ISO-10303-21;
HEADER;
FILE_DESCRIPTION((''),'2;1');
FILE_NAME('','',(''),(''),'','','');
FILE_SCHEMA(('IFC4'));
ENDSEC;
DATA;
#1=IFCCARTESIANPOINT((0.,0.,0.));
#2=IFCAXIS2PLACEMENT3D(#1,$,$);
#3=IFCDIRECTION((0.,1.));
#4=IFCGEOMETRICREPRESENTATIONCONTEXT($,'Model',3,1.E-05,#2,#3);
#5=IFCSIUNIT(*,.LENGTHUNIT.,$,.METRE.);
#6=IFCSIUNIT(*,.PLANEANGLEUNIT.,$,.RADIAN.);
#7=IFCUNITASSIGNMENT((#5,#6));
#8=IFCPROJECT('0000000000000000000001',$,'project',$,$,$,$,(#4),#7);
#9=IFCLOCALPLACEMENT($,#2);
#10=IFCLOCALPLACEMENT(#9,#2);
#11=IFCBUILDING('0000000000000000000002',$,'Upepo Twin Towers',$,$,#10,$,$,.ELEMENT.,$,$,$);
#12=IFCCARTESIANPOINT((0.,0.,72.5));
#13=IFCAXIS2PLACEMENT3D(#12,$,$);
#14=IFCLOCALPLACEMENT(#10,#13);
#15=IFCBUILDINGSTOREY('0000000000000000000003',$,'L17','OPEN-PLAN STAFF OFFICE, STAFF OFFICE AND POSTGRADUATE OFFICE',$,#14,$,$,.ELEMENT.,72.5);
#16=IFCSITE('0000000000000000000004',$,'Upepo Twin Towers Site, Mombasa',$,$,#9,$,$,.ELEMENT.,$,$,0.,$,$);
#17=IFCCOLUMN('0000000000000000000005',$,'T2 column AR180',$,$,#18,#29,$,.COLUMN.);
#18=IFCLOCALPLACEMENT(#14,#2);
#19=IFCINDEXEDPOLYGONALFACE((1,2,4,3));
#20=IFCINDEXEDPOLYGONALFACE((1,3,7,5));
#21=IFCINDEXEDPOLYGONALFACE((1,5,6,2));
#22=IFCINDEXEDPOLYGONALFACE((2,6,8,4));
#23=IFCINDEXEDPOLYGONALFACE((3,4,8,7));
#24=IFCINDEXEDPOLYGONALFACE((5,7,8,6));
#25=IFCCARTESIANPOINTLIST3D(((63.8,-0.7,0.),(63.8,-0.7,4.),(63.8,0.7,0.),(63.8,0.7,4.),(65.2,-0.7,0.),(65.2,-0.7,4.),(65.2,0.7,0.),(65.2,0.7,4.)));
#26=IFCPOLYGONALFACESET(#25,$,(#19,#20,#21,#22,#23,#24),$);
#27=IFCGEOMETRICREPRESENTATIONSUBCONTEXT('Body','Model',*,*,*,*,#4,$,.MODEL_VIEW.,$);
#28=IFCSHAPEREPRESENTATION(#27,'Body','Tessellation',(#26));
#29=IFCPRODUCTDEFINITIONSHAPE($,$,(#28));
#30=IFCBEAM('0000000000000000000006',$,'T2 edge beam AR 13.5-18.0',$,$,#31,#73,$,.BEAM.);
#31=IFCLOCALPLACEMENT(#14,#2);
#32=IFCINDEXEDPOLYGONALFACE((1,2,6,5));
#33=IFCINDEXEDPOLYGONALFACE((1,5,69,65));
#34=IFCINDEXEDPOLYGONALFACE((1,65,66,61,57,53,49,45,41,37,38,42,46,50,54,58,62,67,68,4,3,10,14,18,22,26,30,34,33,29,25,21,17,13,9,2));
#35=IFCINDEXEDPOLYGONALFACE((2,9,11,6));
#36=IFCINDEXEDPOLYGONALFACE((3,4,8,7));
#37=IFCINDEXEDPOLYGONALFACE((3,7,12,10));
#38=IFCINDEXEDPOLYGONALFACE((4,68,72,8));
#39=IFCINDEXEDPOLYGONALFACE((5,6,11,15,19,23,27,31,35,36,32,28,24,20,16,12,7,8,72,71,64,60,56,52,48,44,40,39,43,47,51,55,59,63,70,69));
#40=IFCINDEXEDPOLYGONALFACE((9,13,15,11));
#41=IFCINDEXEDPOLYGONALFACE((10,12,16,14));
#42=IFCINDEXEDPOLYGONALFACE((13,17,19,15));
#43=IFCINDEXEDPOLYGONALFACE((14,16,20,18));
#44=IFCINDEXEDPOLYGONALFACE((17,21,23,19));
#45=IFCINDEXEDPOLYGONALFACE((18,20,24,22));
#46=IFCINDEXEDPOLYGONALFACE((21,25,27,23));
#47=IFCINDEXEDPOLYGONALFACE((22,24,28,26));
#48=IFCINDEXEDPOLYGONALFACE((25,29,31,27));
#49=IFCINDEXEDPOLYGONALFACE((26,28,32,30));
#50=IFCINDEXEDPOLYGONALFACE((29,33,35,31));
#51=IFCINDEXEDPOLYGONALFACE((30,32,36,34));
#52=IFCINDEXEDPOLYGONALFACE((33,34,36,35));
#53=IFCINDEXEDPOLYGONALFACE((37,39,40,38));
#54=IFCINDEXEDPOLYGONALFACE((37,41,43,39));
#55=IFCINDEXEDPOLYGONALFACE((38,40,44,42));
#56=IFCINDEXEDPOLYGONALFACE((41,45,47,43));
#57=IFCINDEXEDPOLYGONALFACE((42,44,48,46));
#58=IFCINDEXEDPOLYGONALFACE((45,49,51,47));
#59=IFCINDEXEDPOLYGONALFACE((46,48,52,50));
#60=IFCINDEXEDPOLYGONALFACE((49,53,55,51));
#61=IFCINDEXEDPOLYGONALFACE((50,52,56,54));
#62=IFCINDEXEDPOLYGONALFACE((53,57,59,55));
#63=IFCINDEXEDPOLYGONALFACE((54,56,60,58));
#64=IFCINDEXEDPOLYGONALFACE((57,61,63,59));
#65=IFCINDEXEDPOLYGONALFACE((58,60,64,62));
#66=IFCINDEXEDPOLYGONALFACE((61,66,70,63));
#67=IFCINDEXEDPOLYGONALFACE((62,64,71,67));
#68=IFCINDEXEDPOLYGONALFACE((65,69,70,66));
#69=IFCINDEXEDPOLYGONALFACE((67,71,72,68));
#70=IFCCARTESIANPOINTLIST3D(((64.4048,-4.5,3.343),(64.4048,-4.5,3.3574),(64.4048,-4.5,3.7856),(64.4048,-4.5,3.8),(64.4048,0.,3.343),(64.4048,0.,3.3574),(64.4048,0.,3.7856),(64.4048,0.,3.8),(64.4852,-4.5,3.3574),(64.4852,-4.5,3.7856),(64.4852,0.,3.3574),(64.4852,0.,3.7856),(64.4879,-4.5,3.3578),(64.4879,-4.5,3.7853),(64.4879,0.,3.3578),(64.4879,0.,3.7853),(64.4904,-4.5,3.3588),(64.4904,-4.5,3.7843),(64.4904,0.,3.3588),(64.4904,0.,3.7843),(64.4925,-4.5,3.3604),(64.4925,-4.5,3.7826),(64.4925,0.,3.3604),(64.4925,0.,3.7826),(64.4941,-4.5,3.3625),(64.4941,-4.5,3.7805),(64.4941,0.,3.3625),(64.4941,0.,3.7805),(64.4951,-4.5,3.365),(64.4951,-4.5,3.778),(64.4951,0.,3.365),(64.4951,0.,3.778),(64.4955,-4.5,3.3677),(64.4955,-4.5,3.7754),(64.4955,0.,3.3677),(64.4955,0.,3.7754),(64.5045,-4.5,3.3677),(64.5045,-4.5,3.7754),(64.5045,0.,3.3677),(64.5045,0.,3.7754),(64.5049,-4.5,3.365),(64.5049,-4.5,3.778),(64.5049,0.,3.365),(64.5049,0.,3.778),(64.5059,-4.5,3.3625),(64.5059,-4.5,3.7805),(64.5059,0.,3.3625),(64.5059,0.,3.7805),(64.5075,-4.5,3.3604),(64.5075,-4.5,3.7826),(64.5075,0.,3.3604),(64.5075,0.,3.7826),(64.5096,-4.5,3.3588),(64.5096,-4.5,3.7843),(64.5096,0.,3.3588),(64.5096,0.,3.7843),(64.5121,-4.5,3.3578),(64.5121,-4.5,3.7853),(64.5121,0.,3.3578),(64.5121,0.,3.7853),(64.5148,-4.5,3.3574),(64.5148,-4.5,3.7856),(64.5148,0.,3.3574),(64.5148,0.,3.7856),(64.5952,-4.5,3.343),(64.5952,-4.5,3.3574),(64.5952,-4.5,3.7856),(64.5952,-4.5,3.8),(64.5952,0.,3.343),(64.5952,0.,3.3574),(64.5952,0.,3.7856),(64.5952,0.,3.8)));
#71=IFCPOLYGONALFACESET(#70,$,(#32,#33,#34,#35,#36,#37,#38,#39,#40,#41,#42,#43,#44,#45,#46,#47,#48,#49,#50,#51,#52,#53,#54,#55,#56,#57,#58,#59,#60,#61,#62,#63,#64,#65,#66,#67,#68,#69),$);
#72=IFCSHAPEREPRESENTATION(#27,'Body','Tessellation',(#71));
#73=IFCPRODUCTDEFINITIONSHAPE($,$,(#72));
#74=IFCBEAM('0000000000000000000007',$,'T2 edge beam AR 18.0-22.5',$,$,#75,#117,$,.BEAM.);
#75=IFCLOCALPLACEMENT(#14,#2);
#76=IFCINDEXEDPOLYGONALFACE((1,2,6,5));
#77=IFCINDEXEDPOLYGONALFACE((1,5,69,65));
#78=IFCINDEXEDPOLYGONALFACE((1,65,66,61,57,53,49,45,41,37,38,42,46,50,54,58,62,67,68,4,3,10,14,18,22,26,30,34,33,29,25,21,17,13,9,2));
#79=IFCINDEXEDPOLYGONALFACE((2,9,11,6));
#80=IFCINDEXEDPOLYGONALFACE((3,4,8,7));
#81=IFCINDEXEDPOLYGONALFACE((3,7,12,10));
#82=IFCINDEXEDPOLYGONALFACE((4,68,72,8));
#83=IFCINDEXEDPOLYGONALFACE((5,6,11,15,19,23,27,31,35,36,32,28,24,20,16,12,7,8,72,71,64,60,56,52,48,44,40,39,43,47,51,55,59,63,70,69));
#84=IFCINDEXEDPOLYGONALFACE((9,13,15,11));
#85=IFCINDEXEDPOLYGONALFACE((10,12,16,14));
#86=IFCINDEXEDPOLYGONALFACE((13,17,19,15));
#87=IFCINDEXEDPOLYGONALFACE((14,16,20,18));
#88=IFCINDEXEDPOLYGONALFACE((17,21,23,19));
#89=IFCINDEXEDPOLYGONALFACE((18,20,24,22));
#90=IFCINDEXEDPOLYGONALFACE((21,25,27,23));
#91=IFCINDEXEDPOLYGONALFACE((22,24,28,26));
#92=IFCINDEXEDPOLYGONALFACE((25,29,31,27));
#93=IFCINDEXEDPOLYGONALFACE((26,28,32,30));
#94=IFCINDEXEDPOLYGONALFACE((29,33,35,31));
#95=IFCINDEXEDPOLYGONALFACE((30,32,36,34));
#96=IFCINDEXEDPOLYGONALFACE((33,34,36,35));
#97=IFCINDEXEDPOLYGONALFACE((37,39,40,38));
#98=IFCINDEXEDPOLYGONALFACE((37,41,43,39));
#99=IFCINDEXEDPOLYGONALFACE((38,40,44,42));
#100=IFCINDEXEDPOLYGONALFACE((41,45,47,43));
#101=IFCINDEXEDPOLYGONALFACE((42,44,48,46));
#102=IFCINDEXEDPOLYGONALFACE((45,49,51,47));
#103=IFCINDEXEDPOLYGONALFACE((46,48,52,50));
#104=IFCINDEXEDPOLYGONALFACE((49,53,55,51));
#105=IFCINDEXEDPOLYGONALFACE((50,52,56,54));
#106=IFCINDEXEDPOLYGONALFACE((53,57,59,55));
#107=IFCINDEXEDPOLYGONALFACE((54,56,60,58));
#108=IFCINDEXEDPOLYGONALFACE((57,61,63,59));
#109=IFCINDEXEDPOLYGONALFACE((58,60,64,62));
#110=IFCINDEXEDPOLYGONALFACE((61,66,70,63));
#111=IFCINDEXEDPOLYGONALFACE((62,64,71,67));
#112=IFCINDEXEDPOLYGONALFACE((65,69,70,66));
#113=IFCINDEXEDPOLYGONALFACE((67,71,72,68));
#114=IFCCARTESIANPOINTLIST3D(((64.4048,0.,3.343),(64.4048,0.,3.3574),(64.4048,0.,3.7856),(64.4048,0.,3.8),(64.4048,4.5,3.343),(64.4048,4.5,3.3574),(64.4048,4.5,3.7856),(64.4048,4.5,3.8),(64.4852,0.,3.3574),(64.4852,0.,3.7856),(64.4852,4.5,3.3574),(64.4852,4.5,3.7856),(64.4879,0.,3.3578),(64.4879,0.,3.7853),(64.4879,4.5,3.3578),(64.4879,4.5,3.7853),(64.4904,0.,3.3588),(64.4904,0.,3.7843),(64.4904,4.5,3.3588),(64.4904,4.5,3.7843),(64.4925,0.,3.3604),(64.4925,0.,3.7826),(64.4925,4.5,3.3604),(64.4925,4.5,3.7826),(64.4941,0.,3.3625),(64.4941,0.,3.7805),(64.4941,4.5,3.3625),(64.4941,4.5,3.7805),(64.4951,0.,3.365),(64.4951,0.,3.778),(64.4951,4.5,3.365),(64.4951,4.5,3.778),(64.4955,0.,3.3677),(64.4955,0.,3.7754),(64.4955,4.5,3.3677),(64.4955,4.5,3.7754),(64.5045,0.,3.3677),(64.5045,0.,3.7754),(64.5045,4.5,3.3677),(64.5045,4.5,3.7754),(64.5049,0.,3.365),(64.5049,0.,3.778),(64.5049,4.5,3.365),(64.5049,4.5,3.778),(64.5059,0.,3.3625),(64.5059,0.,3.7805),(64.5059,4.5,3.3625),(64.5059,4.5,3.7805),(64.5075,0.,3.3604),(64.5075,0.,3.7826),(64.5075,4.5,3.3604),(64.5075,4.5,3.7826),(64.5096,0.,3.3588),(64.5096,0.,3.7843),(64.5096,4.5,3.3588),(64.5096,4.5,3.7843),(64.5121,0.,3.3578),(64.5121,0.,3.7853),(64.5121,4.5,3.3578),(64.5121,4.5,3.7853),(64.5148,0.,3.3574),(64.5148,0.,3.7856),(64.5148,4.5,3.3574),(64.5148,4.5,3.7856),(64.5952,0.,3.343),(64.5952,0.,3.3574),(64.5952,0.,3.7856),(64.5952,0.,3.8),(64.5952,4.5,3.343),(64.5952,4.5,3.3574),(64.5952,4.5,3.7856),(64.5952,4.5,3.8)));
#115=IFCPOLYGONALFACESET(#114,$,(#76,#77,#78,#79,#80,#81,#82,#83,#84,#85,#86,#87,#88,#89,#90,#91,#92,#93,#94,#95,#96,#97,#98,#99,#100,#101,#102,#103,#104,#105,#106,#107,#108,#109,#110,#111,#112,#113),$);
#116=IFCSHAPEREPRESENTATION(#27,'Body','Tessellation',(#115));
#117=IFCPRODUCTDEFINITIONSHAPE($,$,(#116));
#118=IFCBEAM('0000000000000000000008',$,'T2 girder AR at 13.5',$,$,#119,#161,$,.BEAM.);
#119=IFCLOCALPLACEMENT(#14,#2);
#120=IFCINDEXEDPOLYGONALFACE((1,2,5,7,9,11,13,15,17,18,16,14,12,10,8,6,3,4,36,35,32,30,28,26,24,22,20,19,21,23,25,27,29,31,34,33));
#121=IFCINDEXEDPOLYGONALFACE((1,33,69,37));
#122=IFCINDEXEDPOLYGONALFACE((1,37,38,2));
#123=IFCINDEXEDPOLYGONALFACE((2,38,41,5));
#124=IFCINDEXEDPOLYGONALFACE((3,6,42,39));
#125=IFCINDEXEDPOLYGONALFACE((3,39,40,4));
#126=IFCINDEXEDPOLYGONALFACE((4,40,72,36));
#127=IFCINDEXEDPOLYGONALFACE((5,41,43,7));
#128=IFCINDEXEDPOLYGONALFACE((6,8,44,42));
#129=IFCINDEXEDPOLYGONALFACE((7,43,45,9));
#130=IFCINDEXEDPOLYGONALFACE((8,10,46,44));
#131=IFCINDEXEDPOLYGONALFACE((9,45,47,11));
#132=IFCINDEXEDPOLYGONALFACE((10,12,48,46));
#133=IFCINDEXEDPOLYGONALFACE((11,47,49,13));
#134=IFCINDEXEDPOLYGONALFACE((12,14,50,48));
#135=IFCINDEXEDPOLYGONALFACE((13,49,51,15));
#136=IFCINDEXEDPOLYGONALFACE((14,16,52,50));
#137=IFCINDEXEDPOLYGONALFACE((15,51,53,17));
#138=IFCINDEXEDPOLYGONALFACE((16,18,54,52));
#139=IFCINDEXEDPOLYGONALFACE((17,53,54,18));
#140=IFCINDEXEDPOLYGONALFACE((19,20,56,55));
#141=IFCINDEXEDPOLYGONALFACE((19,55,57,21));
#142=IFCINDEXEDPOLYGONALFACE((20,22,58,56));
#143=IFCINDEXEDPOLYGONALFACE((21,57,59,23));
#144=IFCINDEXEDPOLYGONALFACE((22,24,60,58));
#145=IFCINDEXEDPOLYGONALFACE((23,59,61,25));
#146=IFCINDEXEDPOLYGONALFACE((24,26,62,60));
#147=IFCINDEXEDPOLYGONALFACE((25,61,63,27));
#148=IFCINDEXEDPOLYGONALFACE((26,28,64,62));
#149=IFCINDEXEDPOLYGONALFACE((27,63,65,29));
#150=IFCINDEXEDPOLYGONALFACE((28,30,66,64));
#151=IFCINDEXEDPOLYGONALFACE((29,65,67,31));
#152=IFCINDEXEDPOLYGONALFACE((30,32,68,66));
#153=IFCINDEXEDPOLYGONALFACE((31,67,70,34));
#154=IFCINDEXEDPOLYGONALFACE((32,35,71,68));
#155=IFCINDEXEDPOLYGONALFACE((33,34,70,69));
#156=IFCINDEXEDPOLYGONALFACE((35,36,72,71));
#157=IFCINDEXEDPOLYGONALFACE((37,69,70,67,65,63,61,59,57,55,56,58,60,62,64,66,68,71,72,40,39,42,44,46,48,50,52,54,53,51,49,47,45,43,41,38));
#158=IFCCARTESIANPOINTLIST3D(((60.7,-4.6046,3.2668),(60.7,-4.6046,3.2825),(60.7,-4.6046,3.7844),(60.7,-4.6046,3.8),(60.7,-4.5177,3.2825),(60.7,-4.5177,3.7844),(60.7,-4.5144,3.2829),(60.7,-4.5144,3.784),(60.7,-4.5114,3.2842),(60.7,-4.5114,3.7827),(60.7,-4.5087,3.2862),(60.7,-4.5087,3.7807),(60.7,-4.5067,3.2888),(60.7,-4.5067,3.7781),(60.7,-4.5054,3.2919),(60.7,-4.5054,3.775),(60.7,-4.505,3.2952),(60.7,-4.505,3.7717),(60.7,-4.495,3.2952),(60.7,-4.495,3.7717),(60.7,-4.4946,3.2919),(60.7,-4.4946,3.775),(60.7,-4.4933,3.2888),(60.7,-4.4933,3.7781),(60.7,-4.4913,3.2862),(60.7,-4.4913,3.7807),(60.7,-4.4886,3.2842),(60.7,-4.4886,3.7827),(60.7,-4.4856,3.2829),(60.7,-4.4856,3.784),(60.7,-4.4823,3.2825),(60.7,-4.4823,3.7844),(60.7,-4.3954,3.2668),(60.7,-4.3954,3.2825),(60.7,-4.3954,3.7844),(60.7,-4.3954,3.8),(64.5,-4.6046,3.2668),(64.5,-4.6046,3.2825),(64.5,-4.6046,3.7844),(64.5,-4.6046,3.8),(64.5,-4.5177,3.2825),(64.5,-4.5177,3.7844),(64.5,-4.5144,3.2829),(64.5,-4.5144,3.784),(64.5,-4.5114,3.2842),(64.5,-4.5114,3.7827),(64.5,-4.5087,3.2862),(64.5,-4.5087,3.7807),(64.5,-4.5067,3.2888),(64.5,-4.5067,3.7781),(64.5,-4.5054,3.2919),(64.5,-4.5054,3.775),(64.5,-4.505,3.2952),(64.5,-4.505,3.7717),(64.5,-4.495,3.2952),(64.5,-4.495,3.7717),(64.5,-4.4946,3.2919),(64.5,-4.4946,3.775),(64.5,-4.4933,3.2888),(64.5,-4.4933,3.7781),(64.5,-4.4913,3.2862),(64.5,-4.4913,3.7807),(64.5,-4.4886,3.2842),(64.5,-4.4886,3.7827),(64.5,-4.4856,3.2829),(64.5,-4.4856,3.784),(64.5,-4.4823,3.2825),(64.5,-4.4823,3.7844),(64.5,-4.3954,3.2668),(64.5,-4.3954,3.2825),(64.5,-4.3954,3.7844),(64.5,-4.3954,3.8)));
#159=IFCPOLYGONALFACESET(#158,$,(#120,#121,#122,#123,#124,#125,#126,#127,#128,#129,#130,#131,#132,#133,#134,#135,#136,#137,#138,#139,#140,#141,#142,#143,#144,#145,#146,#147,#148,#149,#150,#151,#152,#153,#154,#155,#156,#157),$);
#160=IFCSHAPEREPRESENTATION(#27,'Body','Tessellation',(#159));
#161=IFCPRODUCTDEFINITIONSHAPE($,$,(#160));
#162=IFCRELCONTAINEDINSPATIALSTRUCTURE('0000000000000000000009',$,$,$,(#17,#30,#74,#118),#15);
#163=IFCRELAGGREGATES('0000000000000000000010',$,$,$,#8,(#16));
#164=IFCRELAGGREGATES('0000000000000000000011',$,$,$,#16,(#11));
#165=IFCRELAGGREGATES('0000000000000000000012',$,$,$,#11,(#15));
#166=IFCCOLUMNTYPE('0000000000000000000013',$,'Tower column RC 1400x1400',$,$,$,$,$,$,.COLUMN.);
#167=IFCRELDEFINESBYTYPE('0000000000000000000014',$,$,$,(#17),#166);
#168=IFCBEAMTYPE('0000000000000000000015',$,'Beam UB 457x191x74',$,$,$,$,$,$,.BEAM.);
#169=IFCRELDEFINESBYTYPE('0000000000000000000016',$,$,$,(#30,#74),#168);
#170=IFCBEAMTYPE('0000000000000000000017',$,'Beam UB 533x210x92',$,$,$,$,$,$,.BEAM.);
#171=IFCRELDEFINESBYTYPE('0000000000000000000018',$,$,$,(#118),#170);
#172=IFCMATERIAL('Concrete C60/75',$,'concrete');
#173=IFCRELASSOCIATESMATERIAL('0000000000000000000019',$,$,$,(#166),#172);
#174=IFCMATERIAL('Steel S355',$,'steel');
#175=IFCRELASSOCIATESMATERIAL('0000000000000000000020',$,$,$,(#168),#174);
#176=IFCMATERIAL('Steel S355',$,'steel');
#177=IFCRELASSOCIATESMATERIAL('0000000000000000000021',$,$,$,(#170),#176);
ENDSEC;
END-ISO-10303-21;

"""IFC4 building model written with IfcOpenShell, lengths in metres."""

from ifc_helpers import new_model, si_unit, direction, frame, origin, origin_2d, place, context, subcontext, project, spatial, rectangle, i_section, extrude, material, material_profile, profile_set, type_object, element, save


model = new_model("IFC4")

# Units and contexts
model_context = context("Model", 3, precision=1e-05, world=origin(), true_north=direction((0.0, 1.0)))
body_context = subcontext(model_context, "Body", "Model", "MODEL_VIEW")
ifc_project = project(units=[si_unit("LENGTHUNIT", "METRE"), si_unit("PLANEANGLEUNIT", "RADIAN")], contexts=[model_context])

# Site, building, storey
site_placement = place(None, origin())
site = spatial("IfcSite", under=ifc_project, at=site_placement, Name="Upepo Twin Towers Site, Mombasa", CompositionType="ELEMENT", RefElevation=0.0)
building_placement = place(site_placement, origin())
building = spatial("IfcBuilding", under=site, at=building_placement, Name="Upepo Twin Towers", CompositionType="ELEMENT")
storey_placement = place(building_placement, frame((0.0, 0.0, 72.5)))
storey = spatial("IfcBuildingStorey", under=building, at=storey_placement, Name="L17", Description="OPEN-PLAN STAFF OFFICE, STAFF OFFICE AND POSTGRADUATE OFFICE", CompositionType="ELEMENT", Elevation=72.5)

# Column
ifc_material_1 = material(Name="Concrete C60/75", Category="concrete")
ifc_material_profile_1 = material_profile(ifc_material_1, rectangle(XDim=1.3999, YDim=1.3999, at=origin_2d()), Name="RC 1400x1400")
ifc_profile_set_1 = profile_set([ifc_material_profile_1], Name="Concrete C60/75")
column_type = type_object("IfcColumnType", Name="Tower column RC 1400x1400", PredefinedType="COLUMN", material=ifc_profile_set_1)
column_placement = place(storey_placement, frame((64.5, 0.0, 0.0), z_axis=(0.0, 0.0, 1.0), x_axis=(1.0, 0.0, 0.0)))
element("IfcColumn", 1, at=column_placement, inside=storey, type_object=column_type, Name="T2 column AR180", PredefinedType="COLUMN", context=body_context, shape_type="SweptSolid", body=[
    extrude(rectangle(XDim=1.3999, YDim=1.3999, at=origin_2d()), origin(), (0.0, 0.0, 1.0), 4.0),
])

# Beams
ifc_material_2 = material(Name="Steel S355", Category="steel")
ifc_material_profile_2 = material_profile(ifc_material_2, i_section(OverallWidth=0.1904, OverallDepth=0.457, WebThickness=0.009, FlangeThickness=0.0144, FilletRadius=0.0103, at=origin_2d()), Name="UB 457x191x74")
ifc_profile_set_2 = profile_set([ifc_material_profile_2], Name="Steel S355")
beam_type_1 = type_object("IfcBeamType", Name="Beam UB 457x191x74", PredefinedType="BEAM", material=ifc_profile_set_2)
for number, where, z_axis, x_axis, name in (
    (2, (64.5, -4.5, 3.5715), (0.0, 1.0, 0.0), (-1.0, 0.0, 0.0), "T2 edge beam AR 13.5-18.0"),
    (3, (64.5, 0.0, 3.5715), (0.0, 1.0, 0.0), (-1.0, 0.0, 0.0), "T2 edge beam AR 18.0-22.5"),
):
    element("IfcBeam", number, at=place(storey_placement, frame(where, z_axis=z_axis, x_axis=x_axis)), inside=storey, type_object=beam_type_1, Name=name, PredefinedType="BEAM", context=body_context, shape_type="SweptSolid", body=[
        extrude(i_section(OverallWidth=0.1904, OverallDepth=0.457, WebThickness=0.009, FlangeThickness=0.0144, FilletRadius=0.0103, at=origin_2d()), origin(), (0.0, 0.0, 1.0), 4.5),
    ])
ifc_material_3 = material(Name="Steel S355", Category="steel")
ifc_material_profile_3 = material_profile(ifc_material_3, i_section(OverallWidth=0.2092, OverallDepth=0.5332, WebThickness=0.01, FlangeThickness=0.0156, FilletRadius=0.0127, at=origin_2d()), Name="UB 533x210x92")
ifc_profile_set_3 = profile_set([ifc_material_profile_3], Name="Steel S355")
beam_type_2 = type_object("IfcBeamType", Name="Beam UB 533x210x92", PredefinedType="BEAM", material=ifc_profile_set_3)
for number, where, z_axis, x_axis, name in (
    (4, (64.5, -4.5, 3.5334), (-1.0, 0.0, 0.0), (0.0, -1.0, 0.0), "T2 girder AR at 13.5"),
):
    element("IfcBeam", number, at=place(storey_placement, frame(where, z_axis=z_axis, x_axis=x_axis)), inside=storey, type_object=beam_type_2, Name=name, PredefinedType="BEAM", context=body_context, shape_type="SweptSolid", body=[
        extrude(i_section(OverallWidth=0.2092, OverallDepth=0.5332, WebThickness=0.01, FlangeThickness=0.0156, FilletRadius=0.0127, at=origin_2d()), origin(), (0.0, 0.0, 1.0), 3.8),
    ])

save(model, "model.ifc")
